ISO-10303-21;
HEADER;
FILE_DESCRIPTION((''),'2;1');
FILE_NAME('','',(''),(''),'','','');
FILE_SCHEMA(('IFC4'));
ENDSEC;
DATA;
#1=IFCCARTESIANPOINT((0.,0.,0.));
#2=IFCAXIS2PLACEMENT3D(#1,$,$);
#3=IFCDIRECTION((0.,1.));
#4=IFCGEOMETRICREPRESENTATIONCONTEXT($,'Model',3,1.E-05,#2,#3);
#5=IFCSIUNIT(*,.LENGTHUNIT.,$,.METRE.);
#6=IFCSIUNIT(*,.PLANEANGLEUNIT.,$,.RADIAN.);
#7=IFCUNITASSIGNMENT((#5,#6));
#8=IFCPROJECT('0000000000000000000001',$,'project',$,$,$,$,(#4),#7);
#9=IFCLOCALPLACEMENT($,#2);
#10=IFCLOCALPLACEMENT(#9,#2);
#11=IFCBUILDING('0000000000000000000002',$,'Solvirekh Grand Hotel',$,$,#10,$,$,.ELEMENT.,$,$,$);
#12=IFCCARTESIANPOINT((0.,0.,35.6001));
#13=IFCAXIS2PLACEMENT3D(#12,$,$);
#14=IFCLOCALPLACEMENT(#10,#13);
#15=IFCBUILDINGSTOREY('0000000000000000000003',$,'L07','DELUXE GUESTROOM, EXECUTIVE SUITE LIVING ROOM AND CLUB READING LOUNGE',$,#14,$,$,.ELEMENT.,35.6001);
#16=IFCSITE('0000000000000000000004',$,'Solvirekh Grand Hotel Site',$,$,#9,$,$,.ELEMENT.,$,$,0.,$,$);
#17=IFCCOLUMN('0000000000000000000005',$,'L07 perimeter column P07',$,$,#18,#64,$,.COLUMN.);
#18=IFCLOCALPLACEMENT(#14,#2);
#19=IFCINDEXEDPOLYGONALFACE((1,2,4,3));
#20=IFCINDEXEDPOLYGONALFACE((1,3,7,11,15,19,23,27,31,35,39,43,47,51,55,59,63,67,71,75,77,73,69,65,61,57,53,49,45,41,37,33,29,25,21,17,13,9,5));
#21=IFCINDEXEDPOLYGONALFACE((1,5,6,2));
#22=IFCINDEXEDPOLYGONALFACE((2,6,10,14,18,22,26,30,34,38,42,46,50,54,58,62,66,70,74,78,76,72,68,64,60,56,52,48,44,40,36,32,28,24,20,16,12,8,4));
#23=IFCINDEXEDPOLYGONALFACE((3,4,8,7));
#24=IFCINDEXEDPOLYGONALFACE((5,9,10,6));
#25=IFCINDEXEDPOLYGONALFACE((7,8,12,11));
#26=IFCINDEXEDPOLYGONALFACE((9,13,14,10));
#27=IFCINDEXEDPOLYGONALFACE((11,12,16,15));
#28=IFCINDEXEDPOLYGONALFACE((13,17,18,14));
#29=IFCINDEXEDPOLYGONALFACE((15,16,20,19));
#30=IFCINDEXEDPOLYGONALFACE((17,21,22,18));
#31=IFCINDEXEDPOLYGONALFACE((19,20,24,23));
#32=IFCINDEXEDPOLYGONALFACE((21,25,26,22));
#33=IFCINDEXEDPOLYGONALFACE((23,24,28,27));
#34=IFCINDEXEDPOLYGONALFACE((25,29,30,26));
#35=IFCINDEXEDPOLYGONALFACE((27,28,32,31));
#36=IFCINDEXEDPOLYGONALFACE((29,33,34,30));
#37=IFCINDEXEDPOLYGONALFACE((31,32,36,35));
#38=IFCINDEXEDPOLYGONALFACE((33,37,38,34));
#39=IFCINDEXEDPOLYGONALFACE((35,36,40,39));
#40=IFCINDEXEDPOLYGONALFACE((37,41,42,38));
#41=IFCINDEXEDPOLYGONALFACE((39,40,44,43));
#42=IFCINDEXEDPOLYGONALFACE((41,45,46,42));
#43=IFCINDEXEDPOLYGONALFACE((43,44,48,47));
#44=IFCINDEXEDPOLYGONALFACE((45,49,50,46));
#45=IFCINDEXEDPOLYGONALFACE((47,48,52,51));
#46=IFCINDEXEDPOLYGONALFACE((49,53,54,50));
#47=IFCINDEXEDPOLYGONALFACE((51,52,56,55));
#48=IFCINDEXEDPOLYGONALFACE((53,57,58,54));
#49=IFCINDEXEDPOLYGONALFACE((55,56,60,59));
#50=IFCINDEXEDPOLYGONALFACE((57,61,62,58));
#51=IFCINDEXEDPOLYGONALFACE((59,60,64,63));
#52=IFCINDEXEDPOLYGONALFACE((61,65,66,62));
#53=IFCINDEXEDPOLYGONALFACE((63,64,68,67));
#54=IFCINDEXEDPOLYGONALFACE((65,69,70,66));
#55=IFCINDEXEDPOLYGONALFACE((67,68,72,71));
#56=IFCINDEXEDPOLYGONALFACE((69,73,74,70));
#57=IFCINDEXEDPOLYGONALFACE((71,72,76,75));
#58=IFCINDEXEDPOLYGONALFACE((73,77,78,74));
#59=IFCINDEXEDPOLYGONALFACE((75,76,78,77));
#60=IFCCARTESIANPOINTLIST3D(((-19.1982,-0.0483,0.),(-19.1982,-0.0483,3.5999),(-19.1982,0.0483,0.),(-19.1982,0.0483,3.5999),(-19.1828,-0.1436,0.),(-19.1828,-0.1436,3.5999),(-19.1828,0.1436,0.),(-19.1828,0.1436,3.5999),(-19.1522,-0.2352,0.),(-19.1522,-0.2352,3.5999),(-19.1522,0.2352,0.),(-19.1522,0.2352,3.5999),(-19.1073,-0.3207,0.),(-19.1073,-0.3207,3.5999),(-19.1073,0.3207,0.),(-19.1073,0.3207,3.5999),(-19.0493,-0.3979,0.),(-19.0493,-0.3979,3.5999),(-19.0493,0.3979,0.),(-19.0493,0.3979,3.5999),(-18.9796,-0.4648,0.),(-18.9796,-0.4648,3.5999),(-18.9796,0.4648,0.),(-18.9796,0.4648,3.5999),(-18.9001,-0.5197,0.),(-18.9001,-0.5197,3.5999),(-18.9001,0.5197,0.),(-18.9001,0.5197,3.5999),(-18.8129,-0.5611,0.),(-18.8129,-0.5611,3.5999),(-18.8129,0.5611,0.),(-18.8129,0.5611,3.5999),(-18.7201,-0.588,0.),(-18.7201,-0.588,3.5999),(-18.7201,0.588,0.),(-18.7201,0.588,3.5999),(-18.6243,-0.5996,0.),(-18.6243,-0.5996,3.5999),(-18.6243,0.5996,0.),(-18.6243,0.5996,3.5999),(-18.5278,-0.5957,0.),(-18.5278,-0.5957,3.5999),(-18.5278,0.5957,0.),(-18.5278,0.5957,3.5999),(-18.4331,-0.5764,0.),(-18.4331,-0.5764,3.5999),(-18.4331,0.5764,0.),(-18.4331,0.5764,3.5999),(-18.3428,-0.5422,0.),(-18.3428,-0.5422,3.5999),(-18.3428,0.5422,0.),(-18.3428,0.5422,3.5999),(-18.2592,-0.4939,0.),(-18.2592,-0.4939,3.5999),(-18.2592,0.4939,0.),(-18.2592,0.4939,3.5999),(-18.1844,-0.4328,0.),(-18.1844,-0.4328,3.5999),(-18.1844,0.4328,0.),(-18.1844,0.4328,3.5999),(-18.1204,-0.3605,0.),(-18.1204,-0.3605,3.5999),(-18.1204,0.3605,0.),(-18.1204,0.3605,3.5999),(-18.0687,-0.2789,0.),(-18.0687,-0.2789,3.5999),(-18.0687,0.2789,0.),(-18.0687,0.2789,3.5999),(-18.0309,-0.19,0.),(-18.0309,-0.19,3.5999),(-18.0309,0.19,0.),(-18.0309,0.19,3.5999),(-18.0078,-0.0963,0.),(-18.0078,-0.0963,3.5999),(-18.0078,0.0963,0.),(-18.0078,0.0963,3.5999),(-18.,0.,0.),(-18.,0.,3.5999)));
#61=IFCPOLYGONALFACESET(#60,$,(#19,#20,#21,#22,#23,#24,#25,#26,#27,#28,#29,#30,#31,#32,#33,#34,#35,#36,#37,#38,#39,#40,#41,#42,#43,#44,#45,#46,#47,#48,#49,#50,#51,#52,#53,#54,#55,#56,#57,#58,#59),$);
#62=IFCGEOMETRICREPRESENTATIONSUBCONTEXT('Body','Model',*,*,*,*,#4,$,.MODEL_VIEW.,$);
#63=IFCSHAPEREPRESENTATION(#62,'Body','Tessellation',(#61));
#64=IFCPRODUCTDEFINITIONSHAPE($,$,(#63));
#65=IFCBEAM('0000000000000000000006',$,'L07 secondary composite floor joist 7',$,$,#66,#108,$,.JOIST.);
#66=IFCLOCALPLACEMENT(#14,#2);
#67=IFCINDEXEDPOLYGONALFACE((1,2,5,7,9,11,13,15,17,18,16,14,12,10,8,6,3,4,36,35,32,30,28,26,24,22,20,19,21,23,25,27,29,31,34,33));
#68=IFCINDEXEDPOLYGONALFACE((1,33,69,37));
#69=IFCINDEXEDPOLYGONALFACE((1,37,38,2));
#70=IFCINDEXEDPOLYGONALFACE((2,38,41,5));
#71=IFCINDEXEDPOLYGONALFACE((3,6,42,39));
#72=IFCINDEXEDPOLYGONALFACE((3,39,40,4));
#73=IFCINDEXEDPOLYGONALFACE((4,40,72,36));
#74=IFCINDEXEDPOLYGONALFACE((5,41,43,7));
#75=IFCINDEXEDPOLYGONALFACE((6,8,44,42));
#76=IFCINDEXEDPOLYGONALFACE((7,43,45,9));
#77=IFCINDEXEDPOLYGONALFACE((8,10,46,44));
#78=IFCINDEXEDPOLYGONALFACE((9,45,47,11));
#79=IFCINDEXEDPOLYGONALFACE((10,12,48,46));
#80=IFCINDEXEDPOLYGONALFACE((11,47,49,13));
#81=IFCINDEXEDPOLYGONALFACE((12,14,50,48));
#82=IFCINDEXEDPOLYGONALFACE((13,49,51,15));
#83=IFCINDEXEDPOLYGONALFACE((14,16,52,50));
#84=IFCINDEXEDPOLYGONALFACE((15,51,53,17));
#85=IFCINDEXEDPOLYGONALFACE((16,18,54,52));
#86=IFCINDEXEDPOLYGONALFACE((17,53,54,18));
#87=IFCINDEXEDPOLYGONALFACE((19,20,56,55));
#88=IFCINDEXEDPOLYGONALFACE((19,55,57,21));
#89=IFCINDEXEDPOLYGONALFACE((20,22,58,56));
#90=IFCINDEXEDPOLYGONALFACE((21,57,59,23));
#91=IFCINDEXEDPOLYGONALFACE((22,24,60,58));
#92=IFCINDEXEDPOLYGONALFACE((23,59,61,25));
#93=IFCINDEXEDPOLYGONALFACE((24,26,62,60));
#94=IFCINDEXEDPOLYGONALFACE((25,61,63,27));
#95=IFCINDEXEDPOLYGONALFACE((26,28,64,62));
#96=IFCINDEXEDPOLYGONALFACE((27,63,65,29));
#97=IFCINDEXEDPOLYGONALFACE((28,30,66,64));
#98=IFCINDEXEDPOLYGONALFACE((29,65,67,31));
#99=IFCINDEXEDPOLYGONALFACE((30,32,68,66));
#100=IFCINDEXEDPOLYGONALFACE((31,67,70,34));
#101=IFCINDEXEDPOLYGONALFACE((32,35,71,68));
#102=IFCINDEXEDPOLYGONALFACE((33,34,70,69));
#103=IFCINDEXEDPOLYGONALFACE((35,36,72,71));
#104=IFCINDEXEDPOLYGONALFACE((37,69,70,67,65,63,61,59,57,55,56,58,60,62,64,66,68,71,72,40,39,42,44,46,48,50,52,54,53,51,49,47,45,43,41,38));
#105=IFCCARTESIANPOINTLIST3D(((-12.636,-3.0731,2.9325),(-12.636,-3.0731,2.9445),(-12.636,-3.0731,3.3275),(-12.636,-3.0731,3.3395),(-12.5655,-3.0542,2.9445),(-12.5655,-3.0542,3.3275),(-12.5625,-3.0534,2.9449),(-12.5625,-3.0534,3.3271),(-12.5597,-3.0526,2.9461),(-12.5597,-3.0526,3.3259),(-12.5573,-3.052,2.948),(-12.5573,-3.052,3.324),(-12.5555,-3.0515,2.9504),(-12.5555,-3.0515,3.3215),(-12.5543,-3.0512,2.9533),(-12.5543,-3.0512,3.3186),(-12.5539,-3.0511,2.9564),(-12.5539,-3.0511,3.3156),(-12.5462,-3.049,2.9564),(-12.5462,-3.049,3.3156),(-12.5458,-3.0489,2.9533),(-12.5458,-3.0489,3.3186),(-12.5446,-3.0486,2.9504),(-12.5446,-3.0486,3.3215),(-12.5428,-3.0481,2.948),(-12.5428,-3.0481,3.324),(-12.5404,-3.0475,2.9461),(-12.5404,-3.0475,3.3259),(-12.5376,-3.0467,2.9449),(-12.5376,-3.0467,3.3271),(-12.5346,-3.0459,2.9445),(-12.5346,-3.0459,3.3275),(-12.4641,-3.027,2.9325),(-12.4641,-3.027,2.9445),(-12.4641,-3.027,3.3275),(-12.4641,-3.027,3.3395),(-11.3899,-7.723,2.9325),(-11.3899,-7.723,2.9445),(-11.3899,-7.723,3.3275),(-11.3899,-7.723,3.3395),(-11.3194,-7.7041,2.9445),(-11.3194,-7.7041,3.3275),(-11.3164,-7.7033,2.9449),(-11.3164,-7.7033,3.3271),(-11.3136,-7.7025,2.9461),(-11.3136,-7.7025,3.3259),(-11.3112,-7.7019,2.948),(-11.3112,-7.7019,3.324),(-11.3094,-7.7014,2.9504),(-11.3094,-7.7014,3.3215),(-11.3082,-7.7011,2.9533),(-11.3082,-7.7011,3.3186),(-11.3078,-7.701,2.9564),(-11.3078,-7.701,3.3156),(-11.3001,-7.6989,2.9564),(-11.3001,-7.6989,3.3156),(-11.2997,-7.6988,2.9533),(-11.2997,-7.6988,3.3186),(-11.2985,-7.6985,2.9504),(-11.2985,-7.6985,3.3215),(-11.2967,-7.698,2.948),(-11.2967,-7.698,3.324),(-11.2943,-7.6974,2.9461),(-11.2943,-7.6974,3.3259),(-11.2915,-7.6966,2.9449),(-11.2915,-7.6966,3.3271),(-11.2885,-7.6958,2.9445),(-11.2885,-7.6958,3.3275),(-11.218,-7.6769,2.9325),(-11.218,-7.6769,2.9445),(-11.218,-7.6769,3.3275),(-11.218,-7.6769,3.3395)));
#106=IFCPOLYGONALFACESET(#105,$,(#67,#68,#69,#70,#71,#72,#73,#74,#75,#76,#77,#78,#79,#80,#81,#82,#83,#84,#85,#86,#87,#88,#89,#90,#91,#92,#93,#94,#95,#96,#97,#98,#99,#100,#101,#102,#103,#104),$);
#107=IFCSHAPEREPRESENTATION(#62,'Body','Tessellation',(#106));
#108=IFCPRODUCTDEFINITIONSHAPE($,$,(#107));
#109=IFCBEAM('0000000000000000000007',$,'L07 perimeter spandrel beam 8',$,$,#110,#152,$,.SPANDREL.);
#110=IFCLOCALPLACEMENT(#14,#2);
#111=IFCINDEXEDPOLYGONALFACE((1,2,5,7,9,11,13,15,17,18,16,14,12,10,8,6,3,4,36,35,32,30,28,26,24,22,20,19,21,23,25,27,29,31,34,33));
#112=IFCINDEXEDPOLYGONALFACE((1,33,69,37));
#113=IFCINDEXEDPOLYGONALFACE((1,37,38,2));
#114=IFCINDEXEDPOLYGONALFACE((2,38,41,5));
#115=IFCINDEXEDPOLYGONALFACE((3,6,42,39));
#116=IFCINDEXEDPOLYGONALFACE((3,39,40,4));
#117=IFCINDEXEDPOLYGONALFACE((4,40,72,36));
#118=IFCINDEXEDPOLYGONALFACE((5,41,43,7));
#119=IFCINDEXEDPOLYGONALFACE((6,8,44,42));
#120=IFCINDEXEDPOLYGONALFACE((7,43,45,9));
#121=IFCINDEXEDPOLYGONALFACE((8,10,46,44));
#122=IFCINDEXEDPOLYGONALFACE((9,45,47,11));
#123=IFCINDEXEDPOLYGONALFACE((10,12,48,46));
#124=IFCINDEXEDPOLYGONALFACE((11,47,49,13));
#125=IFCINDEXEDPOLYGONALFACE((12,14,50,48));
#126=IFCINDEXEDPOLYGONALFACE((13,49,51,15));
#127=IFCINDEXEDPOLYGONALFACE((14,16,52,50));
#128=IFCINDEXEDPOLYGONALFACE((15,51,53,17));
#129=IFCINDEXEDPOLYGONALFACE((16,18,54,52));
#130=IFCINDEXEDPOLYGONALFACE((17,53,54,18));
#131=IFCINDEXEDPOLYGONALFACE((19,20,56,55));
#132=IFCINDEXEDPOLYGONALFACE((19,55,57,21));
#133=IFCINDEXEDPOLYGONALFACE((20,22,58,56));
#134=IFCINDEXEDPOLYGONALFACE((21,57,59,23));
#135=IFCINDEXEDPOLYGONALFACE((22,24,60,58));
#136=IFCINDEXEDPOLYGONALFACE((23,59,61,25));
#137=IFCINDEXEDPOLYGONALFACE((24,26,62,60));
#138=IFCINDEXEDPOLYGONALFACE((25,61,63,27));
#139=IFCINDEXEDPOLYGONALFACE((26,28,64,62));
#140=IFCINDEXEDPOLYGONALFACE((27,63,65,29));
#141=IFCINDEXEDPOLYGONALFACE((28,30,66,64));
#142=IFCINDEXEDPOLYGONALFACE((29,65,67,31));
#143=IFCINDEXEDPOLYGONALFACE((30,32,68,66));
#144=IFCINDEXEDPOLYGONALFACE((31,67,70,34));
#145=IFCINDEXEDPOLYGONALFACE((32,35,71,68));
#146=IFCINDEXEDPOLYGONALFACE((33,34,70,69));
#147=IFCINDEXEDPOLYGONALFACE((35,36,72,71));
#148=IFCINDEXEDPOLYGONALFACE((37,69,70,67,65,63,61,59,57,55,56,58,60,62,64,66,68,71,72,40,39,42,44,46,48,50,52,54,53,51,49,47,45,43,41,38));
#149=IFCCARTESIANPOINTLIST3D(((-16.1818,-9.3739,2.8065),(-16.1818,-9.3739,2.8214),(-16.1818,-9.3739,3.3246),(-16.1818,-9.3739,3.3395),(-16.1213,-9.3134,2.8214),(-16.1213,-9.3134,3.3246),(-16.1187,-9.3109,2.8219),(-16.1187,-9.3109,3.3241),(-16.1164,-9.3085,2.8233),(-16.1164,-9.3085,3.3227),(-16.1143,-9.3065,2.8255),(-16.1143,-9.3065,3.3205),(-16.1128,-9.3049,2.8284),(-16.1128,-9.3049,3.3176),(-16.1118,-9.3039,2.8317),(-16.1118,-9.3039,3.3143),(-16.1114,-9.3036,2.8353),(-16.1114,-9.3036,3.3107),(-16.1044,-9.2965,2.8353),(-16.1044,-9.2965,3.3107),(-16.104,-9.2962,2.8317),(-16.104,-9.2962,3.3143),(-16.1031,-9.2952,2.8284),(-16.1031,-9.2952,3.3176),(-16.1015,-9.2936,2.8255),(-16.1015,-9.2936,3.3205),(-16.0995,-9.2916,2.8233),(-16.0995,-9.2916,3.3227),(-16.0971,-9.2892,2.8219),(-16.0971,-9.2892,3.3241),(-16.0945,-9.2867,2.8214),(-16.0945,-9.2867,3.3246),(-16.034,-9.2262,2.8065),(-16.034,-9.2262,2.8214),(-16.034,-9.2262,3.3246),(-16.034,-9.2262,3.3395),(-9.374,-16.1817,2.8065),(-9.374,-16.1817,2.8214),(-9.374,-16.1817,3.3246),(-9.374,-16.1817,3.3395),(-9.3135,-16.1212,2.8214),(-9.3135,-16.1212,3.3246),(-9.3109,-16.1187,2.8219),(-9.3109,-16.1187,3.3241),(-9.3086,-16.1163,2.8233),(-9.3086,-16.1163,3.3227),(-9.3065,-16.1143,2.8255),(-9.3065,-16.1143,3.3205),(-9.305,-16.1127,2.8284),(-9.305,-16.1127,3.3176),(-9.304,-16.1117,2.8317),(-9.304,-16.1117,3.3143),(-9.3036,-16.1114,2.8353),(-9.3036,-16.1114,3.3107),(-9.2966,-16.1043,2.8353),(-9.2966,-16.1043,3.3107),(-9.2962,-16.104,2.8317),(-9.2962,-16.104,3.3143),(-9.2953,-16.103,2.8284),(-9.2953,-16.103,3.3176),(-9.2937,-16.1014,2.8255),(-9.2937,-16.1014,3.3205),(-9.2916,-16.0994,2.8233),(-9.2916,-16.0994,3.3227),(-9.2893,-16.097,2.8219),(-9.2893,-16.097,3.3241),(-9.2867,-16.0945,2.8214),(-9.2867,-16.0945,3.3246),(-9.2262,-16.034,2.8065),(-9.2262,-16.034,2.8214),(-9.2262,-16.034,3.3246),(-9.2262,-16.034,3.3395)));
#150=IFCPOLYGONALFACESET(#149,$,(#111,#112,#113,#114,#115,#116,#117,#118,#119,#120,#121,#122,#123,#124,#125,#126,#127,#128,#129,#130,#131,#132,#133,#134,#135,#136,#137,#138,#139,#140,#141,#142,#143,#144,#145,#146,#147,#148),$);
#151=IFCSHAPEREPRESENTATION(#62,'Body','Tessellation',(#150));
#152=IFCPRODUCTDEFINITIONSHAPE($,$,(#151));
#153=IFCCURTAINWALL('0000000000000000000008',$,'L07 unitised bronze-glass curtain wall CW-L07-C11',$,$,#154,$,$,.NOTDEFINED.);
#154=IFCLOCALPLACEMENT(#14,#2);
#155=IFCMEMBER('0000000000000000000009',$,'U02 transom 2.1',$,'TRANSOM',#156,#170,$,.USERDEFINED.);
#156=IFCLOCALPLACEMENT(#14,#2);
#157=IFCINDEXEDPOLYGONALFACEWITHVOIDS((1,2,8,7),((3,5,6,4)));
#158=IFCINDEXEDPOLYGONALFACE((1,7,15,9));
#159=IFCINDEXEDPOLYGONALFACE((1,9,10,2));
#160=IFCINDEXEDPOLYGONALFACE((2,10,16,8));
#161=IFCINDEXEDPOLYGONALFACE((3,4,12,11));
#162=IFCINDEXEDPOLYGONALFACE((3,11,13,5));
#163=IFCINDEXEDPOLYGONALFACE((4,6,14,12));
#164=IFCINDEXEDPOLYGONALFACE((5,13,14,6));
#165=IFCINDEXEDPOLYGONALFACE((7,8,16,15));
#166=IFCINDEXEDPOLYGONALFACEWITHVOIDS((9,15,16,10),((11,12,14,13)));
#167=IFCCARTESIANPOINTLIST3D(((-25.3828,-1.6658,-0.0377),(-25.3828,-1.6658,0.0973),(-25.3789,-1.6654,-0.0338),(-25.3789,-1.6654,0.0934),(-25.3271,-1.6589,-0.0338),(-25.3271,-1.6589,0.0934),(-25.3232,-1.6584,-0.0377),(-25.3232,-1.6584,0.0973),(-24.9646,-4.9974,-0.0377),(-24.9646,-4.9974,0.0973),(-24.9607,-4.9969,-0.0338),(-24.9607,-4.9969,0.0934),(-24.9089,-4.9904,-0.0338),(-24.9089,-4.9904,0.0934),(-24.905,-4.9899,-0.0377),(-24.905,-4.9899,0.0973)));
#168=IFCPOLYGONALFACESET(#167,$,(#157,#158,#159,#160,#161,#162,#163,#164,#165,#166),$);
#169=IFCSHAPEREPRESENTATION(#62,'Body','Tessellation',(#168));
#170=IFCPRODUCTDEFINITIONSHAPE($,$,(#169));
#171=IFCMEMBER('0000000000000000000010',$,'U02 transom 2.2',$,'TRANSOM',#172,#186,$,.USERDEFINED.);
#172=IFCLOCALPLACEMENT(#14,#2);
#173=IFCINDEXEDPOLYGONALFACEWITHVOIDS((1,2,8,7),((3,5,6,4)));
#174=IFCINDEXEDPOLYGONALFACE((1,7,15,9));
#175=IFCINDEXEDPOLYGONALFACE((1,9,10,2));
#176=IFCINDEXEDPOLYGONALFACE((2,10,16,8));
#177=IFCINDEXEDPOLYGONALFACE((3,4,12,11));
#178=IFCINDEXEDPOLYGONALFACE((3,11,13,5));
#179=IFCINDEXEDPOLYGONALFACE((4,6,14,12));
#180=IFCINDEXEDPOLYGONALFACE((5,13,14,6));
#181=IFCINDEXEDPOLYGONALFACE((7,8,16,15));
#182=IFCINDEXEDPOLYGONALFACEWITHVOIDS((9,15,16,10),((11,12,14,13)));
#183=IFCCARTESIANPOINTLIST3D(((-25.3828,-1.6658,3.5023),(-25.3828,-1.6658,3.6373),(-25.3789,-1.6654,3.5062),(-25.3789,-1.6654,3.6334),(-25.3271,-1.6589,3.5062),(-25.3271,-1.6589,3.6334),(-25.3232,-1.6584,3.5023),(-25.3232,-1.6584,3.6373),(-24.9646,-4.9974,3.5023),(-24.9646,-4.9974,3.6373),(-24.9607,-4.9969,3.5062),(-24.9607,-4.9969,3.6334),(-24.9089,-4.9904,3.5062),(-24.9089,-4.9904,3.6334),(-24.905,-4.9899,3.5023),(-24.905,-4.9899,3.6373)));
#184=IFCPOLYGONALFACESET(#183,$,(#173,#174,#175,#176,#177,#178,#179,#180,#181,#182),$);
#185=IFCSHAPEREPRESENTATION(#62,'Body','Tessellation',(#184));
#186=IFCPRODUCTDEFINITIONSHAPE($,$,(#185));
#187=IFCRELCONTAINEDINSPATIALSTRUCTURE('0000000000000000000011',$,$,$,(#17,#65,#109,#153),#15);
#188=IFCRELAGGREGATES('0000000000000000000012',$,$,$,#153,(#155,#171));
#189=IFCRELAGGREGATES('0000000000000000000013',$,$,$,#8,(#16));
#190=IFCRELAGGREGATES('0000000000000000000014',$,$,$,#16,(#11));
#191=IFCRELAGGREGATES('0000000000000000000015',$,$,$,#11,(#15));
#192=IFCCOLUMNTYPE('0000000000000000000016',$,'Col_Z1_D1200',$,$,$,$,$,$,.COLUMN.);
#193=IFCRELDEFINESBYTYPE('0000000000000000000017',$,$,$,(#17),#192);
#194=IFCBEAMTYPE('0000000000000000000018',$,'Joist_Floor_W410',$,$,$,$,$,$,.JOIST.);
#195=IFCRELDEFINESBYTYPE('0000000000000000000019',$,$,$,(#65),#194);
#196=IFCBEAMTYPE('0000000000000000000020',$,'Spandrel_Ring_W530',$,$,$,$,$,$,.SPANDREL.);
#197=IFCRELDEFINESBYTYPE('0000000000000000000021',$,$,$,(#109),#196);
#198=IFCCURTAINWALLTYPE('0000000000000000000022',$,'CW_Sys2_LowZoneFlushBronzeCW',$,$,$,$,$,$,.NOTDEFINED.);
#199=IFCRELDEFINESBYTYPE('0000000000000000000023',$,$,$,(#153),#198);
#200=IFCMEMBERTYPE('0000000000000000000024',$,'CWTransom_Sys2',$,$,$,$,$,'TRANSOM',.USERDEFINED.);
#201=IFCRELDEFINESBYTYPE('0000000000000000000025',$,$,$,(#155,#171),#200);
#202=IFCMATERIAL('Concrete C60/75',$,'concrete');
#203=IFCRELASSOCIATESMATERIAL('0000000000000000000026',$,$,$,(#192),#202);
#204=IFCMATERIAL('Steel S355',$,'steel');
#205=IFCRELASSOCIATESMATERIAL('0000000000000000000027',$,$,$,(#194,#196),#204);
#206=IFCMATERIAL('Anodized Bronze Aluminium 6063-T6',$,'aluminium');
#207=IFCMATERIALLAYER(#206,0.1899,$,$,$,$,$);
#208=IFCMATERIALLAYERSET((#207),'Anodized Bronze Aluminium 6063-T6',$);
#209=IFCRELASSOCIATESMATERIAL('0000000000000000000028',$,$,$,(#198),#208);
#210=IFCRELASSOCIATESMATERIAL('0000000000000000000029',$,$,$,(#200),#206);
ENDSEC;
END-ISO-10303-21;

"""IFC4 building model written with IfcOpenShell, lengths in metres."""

from ifc_helpers import new_model, si_unit, direction, frame, origin, origin_2d, place, context, subcontext, project, spatial, hollow_rectangle, circle, i_section, extrude, source, transform, mapped, material, layer, layer_set, material_profile, profile_set, type_object, element, aggregate, save


model = new_model("IFC4")

# Units and contexts
model_context = context("Model", 3, precision=1e-05, world=origin(), true_north=direction((0.0, 1.0)))
body_context = subcontext(model_context, "Body", "Model", "MODEL_VIEW")
ifc_project = project(units=[si_unit("LENGTHUNIT", "METRE"), si_unit("PLANEANGLEUNIT", "RADIAN")], contexts=[model_context])

# Site, building, storey
site_placement = place(None, origin())
site = spatial("IfcSite", under=ifc_project, at=site_placement, Name="Solvirekh Grand Hotel Site", CompositionType="ELEMENT", RefElevation=0.0)
building_placement = place(site_placement, origin())
building = spatial("IfcBuilding", under=site, at=building_placement, Name="Solvirekh Grand Hotel", CompositionType="ELEMENT")
storey_placement = place(building_placement, frame((0.0, 0.0, 35.6001)))
storey = spatial("IfcBuildingStorey", under=building, at=storey_placement, Name="L07", Description="DELUXE GUESTROOM, EXECUTIVE SUITE LIVING ROOM AND CLUB READING LOUNGE", CompositionType="ELEMENT", Elevation=35.6001)

# Column
ifc_material_1 = material(Name="Concrete C60/75", Category="concrete")
ifc_material_profile_1 = material_profile(ifc_material_1, circle(Radius=0.6001, at=origin_2d()), Name="RC CIRC D1200")
ifc_profile_set_1 = profile_set([ifc_material_profile_1], Name="Concrete C60/75")
column_type = type_object("IfcColumnType", Name="Col_Z1_D1200", PredefinedType="COLUMN", material=ifc_profile_set_1)
column_placement = place(storey_placement, frame((-18.6001, 0.0, 0.0), z_axis=(0.0, 0.0, 1.0), x_axis=(1.0, 0.0, 0.0)))
element("IfcColumn", 1, at=column_placement, inside=storey, type_object=column_type, Name="L07 perimeter column P07", PredefinedType="COLUMN", context=body_context, shape_type="SweptSolid", body=[
    extrude(circle(Radius=0.6001, at=origin_2d()), origin(), (0.0, 0.0, 1.0), 3.5999),
])

# Beams
ifc_material_2 = material(Name="Steel S355", Category="steel")
ifc_material_profile_2 = material_profile(ifc_material_2, i_section(OverallWidth=0.178, OverallDepth=0.407, WebThickness=0.0081, FlangeThickness=0.012, FilletRadius=0.012, at=origin_2d()), Name="W410X60")
ifc_profile_set_2 = profile_set([ifc_material_profile_2], Name="Steel S355")
beam_type_1 = type_object("IfcBeamType", Name="Joist_Floor_W410", PredefinedType="JOIST", material=ifc_profile_set_2)
beam_1_placement = place(storey_placement, frame((-12.55, -3.05, 3.136), z_axis=(0.258849, -0.965918, 0.0), x_axis=(0.965918, 0.258849, 0.0)))
element("IfcBeam", 2, at=beam_1_placement, inside=storey, type_object=beam_type_1, Name="L07 secondary composite floor joist 7", PredefinedType="JOIST", context=body_context, shape_type="SweptSolid", body=[
    extrude(i_section(OverallWidth=0.178, OverallDepth=0.407, WebThickness=0.0081, FlangeThickness=0.012, FilletRadius=0.012, at=origin_2d()), origin(), (0.0, 0.0, 1.0), 4.814),
])
ifc_material_profile_3 = material_profile(ifc_material_2, i_section(OverallWidth=0.209, OverallDepth=0.533, WebThickness=0.01, FlangeThickness=0.0149, FilletRadius=0.0139, at=origin_2d()), Name="W530X92")
ifc_profile_set_3 = profile_set([ifc_material_profile_3], Name="Steel S355")
beam_type_2 = type_object("IfcBeamType", Name="Spandrel_Ring_W530", PredefinedType="SPANDREL", material=ifc_profile_set_3)
beam_2_placement = place(storey_placement, frame((-16.1079, -9.3, 3.073), z_axis=(0.707107, -0.707107, 0.0), x_axis=(0.707107, 0.707107, 0.0)))
element("IfcBeam", 3, at=beam_2_placement, inside=storey, type_object=beam_type_2, Name="L07 perimeter spandrel beam 8", PredefinedType="SPANDREL", context=body_context, shape_type="SweptSolid", body=[
    extrude(i_section(OverallWidth=0.209, OverallDepth=0.533, WebThickness=0.01, FlangeThickness=0.0149, FilletRadius=0.0139, at=origin_2d()), origin(), (0.0, 0.0, 1.0), 9.6277),
])

# Curtain wall, members
ifc_material_3 = material(Name="Anodized Bronze Aluminium 6063-T6", Category="aluminium")
ifc_layer_1 = layer(ifc_material_3, 0.1899)
ifc_layer_set_1 = layer_set([ifc_layer_1], Name="Anodized Bronze Aluminium 6063-T6")
curtain_wall_type = type_object("IfcCurtainWallType", Name="CW_Sys2_LowZoneFlushBronzeCW", PredefinedType="NOTDEFINED", material=ifc_layer_set_1)
curtain_wall_placement = place(storey_placement, origin())
curtain_wall = element("IfcCurtainWall", 4, at=curtain_wall_placement, inside=storey, type_object=curtain_wall_type, Name="L07 unitised bronze-glass curtain wall CW-L07-C11", PredefinedType="NOTDEFINED")
ifc_material_profile_4 = material_profile(ifc_material_3, hollow_rectangle(XDim=0.0601, YDim=0.135, WallThickness=0.0039, at=origin_2d()), Name="ALU RHS 135X60X4")
ifc_profile_set_4 = profile_set([ifc_material_profile_4], Name="Anodized Bronze Aluminium 6063-T6")
member_type_1 = type_object("IfcMemberType", Name="CWTransom_Sys2", ElementType="TRANSOM", PredefinedType="USERDEFINED", material=ifc_profile_set_4)
shared_shape_1 = source(origin(), body_context, "Body", "SweptSolid", [
    extrude(hollow_rectangle(XDim=0.0601, YDim=0.135, WallThickness=0.0039, at=origin_2d()), origin(), (0.0, 0.0, 1.0), 3.3577),
])
member_1_placement = place(storey_placement, frame((-25.353, -1.6621, 0.0298), z_axis=(0.124554, -0.992213, 0.0), x_axis=(0.992213, 0.124554, 0.0)))
member_1 = element("IfcMember", 5, at=member_1_placement, type_object=member_type_1, Name="U02 transom 2.1", ObjectType="TRANSOM", PredefinedType="USERDEFINED", context=body_context, shape_type="MappedRepresentation", body=[
    mapped(shared_shape_1, transform((0.0, 0.0, 0.0), x_axis=(1.0, 0.0, 0.0), y_axis=(0.0, 1.0, 0.0), z_axis=(0.0, 0.0, 1.0), scale=1.0)),
])
member_2_placement = place(storey_placement, frame((-25.353, -1.6621, 3.5698), z_axis=(0.124554, -0.992213, 0.0), x_axis=(0.992213, 0.124554, 0.0)))
member_2 = element("IfcMember", 6, at=member_2_placement, type_object=member_type_1, Name="U02 transom 2.2", ObjectType="TRANSOM", PredefinedType="USERDEFINED", context=body_context, shape_type="MappedRepresentation", body=[
    mapped(shared_shape_1, transform((0.0, 0.0, 0.0), x_axis=(1.0, 0.0, 0.0), y_axis=(0.0, 1.0, 0.0), z_axis=(0.0, 0.0, 1.0), scale=1.0)),
])
aggregate(curtain_wall, [member_1, member_2])

save(model, "model.ifc")
